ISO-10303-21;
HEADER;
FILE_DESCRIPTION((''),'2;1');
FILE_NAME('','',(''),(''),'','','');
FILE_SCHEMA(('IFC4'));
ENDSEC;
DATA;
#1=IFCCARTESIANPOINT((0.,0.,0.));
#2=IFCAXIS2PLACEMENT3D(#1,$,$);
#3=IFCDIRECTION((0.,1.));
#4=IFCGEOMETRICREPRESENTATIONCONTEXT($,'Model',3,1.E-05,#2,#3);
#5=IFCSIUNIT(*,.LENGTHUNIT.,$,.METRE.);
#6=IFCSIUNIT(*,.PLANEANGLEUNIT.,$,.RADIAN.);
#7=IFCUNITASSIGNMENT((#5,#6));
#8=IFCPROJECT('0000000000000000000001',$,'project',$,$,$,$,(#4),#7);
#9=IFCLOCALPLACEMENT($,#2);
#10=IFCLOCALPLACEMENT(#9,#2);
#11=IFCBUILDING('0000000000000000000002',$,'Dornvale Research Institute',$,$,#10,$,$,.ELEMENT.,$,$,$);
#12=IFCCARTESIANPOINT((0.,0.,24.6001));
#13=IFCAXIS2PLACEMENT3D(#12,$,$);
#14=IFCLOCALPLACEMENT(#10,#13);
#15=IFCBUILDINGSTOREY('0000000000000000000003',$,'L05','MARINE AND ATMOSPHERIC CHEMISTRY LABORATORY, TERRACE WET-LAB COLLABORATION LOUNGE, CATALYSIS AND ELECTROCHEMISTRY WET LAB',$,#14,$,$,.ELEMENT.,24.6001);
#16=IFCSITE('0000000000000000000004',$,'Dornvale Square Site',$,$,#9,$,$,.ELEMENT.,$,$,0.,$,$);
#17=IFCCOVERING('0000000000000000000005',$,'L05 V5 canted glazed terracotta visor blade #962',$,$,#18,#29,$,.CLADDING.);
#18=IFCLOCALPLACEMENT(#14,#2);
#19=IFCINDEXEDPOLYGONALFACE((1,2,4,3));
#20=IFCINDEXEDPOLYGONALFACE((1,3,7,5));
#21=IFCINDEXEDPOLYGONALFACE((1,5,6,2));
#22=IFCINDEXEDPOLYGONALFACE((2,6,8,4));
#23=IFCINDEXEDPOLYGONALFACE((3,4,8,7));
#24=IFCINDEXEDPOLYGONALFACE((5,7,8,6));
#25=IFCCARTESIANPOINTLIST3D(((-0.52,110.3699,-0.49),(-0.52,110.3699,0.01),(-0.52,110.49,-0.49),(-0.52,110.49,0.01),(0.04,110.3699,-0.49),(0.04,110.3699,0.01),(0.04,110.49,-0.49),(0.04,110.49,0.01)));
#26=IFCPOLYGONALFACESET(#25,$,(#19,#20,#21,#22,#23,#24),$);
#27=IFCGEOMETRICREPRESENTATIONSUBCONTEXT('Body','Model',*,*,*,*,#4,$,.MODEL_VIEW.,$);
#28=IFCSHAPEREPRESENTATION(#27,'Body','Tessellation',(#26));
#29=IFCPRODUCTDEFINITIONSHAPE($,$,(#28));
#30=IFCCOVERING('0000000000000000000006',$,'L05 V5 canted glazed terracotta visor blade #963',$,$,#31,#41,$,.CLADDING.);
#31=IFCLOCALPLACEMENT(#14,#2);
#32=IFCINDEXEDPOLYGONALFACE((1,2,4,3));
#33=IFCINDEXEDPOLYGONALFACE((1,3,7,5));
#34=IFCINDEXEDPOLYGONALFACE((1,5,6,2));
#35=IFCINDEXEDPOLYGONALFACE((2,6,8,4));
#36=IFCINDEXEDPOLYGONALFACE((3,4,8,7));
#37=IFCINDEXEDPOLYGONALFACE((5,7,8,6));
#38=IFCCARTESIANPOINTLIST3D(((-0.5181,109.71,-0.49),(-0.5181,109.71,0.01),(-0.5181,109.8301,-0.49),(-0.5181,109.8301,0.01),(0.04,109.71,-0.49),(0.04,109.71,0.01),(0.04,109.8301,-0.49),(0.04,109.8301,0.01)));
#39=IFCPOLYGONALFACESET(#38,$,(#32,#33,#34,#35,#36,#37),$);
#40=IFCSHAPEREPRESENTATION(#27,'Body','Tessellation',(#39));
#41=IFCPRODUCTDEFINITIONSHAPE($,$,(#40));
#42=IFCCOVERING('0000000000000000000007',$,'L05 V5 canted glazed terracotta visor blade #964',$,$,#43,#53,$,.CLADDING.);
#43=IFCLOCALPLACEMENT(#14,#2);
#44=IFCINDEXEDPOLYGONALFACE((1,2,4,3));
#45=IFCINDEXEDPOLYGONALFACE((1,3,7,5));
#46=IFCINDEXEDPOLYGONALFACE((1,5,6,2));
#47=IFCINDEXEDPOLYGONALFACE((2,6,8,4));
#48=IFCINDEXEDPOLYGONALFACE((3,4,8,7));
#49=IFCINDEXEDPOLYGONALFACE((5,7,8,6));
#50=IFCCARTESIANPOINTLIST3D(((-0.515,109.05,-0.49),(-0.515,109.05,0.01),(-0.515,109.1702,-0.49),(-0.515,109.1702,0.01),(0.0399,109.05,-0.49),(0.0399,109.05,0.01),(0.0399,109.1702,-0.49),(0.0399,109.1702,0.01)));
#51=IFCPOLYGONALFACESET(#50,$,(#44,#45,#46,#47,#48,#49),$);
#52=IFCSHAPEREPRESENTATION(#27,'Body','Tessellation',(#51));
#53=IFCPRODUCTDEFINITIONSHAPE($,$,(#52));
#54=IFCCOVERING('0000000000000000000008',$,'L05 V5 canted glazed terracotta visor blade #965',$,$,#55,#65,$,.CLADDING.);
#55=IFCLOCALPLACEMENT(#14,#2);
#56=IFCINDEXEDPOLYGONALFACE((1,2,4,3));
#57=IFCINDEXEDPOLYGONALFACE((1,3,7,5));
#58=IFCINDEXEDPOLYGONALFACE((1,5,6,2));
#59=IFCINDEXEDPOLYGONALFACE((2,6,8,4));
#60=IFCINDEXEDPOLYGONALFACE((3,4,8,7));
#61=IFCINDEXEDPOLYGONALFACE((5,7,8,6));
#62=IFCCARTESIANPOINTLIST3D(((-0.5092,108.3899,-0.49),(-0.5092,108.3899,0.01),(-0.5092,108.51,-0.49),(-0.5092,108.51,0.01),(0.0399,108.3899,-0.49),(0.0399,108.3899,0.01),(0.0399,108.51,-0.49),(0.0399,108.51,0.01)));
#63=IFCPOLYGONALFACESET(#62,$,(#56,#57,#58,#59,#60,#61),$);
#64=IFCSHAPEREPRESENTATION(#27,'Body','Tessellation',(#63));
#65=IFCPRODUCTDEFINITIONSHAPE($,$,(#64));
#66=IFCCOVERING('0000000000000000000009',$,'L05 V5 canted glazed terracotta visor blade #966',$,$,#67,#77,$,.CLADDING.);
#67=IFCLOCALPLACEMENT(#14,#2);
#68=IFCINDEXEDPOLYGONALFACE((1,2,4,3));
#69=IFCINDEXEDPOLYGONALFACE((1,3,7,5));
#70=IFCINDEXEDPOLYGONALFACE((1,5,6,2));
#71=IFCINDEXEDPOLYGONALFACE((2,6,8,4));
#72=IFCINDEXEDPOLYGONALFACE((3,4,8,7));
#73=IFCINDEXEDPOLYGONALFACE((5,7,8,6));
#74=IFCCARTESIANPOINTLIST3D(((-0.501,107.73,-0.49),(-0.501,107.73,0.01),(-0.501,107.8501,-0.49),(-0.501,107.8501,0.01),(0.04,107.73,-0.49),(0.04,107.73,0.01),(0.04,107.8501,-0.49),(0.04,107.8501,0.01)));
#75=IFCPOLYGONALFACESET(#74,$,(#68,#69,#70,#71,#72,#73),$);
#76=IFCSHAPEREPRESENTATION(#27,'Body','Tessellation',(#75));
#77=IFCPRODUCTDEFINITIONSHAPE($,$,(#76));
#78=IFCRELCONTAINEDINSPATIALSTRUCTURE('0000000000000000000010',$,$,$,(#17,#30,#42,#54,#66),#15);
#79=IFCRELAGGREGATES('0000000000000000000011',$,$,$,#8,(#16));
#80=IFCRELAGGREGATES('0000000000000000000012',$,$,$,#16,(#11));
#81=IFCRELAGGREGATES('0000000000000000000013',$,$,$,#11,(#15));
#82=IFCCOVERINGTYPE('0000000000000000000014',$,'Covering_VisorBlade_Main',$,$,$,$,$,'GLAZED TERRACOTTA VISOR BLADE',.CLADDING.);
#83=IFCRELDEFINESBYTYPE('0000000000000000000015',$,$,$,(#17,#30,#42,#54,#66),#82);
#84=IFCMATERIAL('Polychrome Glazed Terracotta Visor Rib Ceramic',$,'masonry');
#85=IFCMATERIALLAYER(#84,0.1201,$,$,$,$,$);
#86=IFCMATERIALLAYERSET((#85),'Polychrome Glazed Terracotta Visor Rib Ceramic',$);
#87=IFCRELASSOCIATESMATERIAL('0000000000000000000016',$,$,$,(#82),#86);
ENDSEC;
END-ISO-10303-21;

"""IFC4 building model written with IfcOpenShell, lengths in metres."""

from ifc_helpers import new_model, si_unit, direction, frame, origin, origin_2d, place, context, subcontext, project, spatial, rectangle, extrude, material, layer, layer_set, type_object, element, save


model = new_model("IFC4")

# Units and contexts
model_context = context("Model", 3, precision=1e-05, world=origin(), true_north=direction((0.0, 1.0)))
body_context = subcontext(model_context, "Body", "Model", "MODEL_VIEW")
ifc_project = project(units=[si_unit("LENGTHUNIT", "METRE"), si_unit("PLANEANGLEUNIT", "RADIAN")], contexts=[model_context])

# Site, building, storey
site_placement = place(None, origin())
site = spatial("IfcSite", under=ifc_project, at=site_placement, Name="Dornvale Square Site", CompositionType="ELEMENT", RefElevation=0.0)
building_placement = place(site_placement, origin())
building = spatial("IfcBuilding", under=site, at=building_placement, Name="Dornvale Research Institute", CompositionType="ELEMENT")
storey_placement = place(building_placement, frame((0.0, 0.0, 24.6001)))
storey = spatial("IfcBuildingStorey", under=building, at=storey_placement, Name="L05", Description="MARINE AND ATMOSPHERIC CHEMISTRY LABORATORY, TERRACE WET-LAB COLLABORATION LOUNGE, CATALYSIS AND ELECTROCHEMISTRY WET LAB", CompositionType="ELEMENT", Elevation=24.6001)

# Coverings
ifc_material_1 = material(Name="Polychrome Glazed Terracotta Visor Rib Ceramic", Category="masonry")
ifc_layer_1 = layer(ifc_material_1, 0.1201)
ifc_layer_set_1 = layer_set([ifc_layer_1], Name="Polychrome Glazed Terracotta Visor Rib Ceramic")
covering_type = type_object("IfcCoveringType", Name="Covering_VisorBlade_Main", ElementType="GLAZED TERRACOTTA VISOR BLADE", PredefinedType="CLADDING", material=ifc_layer_set_1)
covering_1_placement = place(storey_placement, frame((-0.24, 110.4299, -0.49), z_axis=(0.0, 0.0, 1.0), x_axis=(1.0, 0.0, 0.0)))
element("IfcCovering", 1, at=covering_1_placement, inside=storey, type_object=covering_type, Name="L05 V5 canted glazed terracotta visor blade #962", PredefinedType="CLADDING", context=body_context, shape_type="SweptSolid", body=[
    extrude(rectangle(XDim=0.5601, YDim=0.1201, at=origin_2d()), origin(), (0.0, 0.0, 1.0), 0.5),
])
covering_2_placement = place(storey_placement, frame((-0.239, 109.77, -0.49), z_axis=(0.0, 0.0, 1.0), x_axis=(1.0, 0.0, 0.0)))
element("IfcCovering", 2, at=covering_2_placement, inside=storey, type_object=covering_type, Name="L05 V5 canted glazed terracotta visor blade #963", PredefinedType="CLADDING", context=body_context, shape_type="SweptSolid", body=[
    extrude(rectangle(XDim=0.5581, YDim=0.1201, at=origin_2d()), origin(), (0.0, 0.0, 1.0), 0.5),
])
covering_3_placement = place(storey_placement, frame((-0.2375, 109.1101, -0.49), z_axis=(0.0, 0.0, 1.0), x_axis=(1.0, 0.0, 0.0)))
element("IfcCovering", 3, at=covering_3_placement, inside=storey, type_object=covering_type, Name="L05 V5 canted glazed terracotta visor blade #964", PredefinedType="CLADDING", context=body_context, shape_type="SweptSolid", body=[
    extrude(rectangle(XDim=0.5549, YDim=0.1201, at=origin_2d()), origin(), (0.0, 0.0, 1.0), 0.5),
])
covering_4_placement = place(storey_placement, frame((-0.2346, 108.45, -0.49), z_axis=(0.0, 0.0, 1.0), x_axis=(1.0, 0.0, 0.0)))
element("IfcCovering", 4, at=covering_4_placement, inside=storey, type_object=covering_type, Name="L05 V5 canted glazed terracotta visor blade #965", PredefinedType="CLADDING", context=body_context, shape_type="SweptSolid", body=[
    extrude(rectangle(XDim=0.5491, YDim=0.1201, at=origin_2d()), origin(), (0.0, 0.0, 1.0), 0.5),
])
covering_5_placement = place(storey_placement, frame((-0.2305, 107.79, -0.49), z_axis=(0.0, 0.0, 1.0), x_axis=(1.0, 0.0, 0.0)))
element("IfcCovering", 5, at=covering_5_placement, inside=storey, type_object=covering_type, Name="L05 V5 canted glazed terracotta visor blade #966", PredefinedType="CLADDING", context=body_context, shape_type="SweptSolid", body=[
    extrude(rectangle(XDim=0.541, YDim=0.1201, at=origin_2d()), origin(), (0.0, 0.0, 1.0), 0.5),
])

save(model, "model.ifc")
